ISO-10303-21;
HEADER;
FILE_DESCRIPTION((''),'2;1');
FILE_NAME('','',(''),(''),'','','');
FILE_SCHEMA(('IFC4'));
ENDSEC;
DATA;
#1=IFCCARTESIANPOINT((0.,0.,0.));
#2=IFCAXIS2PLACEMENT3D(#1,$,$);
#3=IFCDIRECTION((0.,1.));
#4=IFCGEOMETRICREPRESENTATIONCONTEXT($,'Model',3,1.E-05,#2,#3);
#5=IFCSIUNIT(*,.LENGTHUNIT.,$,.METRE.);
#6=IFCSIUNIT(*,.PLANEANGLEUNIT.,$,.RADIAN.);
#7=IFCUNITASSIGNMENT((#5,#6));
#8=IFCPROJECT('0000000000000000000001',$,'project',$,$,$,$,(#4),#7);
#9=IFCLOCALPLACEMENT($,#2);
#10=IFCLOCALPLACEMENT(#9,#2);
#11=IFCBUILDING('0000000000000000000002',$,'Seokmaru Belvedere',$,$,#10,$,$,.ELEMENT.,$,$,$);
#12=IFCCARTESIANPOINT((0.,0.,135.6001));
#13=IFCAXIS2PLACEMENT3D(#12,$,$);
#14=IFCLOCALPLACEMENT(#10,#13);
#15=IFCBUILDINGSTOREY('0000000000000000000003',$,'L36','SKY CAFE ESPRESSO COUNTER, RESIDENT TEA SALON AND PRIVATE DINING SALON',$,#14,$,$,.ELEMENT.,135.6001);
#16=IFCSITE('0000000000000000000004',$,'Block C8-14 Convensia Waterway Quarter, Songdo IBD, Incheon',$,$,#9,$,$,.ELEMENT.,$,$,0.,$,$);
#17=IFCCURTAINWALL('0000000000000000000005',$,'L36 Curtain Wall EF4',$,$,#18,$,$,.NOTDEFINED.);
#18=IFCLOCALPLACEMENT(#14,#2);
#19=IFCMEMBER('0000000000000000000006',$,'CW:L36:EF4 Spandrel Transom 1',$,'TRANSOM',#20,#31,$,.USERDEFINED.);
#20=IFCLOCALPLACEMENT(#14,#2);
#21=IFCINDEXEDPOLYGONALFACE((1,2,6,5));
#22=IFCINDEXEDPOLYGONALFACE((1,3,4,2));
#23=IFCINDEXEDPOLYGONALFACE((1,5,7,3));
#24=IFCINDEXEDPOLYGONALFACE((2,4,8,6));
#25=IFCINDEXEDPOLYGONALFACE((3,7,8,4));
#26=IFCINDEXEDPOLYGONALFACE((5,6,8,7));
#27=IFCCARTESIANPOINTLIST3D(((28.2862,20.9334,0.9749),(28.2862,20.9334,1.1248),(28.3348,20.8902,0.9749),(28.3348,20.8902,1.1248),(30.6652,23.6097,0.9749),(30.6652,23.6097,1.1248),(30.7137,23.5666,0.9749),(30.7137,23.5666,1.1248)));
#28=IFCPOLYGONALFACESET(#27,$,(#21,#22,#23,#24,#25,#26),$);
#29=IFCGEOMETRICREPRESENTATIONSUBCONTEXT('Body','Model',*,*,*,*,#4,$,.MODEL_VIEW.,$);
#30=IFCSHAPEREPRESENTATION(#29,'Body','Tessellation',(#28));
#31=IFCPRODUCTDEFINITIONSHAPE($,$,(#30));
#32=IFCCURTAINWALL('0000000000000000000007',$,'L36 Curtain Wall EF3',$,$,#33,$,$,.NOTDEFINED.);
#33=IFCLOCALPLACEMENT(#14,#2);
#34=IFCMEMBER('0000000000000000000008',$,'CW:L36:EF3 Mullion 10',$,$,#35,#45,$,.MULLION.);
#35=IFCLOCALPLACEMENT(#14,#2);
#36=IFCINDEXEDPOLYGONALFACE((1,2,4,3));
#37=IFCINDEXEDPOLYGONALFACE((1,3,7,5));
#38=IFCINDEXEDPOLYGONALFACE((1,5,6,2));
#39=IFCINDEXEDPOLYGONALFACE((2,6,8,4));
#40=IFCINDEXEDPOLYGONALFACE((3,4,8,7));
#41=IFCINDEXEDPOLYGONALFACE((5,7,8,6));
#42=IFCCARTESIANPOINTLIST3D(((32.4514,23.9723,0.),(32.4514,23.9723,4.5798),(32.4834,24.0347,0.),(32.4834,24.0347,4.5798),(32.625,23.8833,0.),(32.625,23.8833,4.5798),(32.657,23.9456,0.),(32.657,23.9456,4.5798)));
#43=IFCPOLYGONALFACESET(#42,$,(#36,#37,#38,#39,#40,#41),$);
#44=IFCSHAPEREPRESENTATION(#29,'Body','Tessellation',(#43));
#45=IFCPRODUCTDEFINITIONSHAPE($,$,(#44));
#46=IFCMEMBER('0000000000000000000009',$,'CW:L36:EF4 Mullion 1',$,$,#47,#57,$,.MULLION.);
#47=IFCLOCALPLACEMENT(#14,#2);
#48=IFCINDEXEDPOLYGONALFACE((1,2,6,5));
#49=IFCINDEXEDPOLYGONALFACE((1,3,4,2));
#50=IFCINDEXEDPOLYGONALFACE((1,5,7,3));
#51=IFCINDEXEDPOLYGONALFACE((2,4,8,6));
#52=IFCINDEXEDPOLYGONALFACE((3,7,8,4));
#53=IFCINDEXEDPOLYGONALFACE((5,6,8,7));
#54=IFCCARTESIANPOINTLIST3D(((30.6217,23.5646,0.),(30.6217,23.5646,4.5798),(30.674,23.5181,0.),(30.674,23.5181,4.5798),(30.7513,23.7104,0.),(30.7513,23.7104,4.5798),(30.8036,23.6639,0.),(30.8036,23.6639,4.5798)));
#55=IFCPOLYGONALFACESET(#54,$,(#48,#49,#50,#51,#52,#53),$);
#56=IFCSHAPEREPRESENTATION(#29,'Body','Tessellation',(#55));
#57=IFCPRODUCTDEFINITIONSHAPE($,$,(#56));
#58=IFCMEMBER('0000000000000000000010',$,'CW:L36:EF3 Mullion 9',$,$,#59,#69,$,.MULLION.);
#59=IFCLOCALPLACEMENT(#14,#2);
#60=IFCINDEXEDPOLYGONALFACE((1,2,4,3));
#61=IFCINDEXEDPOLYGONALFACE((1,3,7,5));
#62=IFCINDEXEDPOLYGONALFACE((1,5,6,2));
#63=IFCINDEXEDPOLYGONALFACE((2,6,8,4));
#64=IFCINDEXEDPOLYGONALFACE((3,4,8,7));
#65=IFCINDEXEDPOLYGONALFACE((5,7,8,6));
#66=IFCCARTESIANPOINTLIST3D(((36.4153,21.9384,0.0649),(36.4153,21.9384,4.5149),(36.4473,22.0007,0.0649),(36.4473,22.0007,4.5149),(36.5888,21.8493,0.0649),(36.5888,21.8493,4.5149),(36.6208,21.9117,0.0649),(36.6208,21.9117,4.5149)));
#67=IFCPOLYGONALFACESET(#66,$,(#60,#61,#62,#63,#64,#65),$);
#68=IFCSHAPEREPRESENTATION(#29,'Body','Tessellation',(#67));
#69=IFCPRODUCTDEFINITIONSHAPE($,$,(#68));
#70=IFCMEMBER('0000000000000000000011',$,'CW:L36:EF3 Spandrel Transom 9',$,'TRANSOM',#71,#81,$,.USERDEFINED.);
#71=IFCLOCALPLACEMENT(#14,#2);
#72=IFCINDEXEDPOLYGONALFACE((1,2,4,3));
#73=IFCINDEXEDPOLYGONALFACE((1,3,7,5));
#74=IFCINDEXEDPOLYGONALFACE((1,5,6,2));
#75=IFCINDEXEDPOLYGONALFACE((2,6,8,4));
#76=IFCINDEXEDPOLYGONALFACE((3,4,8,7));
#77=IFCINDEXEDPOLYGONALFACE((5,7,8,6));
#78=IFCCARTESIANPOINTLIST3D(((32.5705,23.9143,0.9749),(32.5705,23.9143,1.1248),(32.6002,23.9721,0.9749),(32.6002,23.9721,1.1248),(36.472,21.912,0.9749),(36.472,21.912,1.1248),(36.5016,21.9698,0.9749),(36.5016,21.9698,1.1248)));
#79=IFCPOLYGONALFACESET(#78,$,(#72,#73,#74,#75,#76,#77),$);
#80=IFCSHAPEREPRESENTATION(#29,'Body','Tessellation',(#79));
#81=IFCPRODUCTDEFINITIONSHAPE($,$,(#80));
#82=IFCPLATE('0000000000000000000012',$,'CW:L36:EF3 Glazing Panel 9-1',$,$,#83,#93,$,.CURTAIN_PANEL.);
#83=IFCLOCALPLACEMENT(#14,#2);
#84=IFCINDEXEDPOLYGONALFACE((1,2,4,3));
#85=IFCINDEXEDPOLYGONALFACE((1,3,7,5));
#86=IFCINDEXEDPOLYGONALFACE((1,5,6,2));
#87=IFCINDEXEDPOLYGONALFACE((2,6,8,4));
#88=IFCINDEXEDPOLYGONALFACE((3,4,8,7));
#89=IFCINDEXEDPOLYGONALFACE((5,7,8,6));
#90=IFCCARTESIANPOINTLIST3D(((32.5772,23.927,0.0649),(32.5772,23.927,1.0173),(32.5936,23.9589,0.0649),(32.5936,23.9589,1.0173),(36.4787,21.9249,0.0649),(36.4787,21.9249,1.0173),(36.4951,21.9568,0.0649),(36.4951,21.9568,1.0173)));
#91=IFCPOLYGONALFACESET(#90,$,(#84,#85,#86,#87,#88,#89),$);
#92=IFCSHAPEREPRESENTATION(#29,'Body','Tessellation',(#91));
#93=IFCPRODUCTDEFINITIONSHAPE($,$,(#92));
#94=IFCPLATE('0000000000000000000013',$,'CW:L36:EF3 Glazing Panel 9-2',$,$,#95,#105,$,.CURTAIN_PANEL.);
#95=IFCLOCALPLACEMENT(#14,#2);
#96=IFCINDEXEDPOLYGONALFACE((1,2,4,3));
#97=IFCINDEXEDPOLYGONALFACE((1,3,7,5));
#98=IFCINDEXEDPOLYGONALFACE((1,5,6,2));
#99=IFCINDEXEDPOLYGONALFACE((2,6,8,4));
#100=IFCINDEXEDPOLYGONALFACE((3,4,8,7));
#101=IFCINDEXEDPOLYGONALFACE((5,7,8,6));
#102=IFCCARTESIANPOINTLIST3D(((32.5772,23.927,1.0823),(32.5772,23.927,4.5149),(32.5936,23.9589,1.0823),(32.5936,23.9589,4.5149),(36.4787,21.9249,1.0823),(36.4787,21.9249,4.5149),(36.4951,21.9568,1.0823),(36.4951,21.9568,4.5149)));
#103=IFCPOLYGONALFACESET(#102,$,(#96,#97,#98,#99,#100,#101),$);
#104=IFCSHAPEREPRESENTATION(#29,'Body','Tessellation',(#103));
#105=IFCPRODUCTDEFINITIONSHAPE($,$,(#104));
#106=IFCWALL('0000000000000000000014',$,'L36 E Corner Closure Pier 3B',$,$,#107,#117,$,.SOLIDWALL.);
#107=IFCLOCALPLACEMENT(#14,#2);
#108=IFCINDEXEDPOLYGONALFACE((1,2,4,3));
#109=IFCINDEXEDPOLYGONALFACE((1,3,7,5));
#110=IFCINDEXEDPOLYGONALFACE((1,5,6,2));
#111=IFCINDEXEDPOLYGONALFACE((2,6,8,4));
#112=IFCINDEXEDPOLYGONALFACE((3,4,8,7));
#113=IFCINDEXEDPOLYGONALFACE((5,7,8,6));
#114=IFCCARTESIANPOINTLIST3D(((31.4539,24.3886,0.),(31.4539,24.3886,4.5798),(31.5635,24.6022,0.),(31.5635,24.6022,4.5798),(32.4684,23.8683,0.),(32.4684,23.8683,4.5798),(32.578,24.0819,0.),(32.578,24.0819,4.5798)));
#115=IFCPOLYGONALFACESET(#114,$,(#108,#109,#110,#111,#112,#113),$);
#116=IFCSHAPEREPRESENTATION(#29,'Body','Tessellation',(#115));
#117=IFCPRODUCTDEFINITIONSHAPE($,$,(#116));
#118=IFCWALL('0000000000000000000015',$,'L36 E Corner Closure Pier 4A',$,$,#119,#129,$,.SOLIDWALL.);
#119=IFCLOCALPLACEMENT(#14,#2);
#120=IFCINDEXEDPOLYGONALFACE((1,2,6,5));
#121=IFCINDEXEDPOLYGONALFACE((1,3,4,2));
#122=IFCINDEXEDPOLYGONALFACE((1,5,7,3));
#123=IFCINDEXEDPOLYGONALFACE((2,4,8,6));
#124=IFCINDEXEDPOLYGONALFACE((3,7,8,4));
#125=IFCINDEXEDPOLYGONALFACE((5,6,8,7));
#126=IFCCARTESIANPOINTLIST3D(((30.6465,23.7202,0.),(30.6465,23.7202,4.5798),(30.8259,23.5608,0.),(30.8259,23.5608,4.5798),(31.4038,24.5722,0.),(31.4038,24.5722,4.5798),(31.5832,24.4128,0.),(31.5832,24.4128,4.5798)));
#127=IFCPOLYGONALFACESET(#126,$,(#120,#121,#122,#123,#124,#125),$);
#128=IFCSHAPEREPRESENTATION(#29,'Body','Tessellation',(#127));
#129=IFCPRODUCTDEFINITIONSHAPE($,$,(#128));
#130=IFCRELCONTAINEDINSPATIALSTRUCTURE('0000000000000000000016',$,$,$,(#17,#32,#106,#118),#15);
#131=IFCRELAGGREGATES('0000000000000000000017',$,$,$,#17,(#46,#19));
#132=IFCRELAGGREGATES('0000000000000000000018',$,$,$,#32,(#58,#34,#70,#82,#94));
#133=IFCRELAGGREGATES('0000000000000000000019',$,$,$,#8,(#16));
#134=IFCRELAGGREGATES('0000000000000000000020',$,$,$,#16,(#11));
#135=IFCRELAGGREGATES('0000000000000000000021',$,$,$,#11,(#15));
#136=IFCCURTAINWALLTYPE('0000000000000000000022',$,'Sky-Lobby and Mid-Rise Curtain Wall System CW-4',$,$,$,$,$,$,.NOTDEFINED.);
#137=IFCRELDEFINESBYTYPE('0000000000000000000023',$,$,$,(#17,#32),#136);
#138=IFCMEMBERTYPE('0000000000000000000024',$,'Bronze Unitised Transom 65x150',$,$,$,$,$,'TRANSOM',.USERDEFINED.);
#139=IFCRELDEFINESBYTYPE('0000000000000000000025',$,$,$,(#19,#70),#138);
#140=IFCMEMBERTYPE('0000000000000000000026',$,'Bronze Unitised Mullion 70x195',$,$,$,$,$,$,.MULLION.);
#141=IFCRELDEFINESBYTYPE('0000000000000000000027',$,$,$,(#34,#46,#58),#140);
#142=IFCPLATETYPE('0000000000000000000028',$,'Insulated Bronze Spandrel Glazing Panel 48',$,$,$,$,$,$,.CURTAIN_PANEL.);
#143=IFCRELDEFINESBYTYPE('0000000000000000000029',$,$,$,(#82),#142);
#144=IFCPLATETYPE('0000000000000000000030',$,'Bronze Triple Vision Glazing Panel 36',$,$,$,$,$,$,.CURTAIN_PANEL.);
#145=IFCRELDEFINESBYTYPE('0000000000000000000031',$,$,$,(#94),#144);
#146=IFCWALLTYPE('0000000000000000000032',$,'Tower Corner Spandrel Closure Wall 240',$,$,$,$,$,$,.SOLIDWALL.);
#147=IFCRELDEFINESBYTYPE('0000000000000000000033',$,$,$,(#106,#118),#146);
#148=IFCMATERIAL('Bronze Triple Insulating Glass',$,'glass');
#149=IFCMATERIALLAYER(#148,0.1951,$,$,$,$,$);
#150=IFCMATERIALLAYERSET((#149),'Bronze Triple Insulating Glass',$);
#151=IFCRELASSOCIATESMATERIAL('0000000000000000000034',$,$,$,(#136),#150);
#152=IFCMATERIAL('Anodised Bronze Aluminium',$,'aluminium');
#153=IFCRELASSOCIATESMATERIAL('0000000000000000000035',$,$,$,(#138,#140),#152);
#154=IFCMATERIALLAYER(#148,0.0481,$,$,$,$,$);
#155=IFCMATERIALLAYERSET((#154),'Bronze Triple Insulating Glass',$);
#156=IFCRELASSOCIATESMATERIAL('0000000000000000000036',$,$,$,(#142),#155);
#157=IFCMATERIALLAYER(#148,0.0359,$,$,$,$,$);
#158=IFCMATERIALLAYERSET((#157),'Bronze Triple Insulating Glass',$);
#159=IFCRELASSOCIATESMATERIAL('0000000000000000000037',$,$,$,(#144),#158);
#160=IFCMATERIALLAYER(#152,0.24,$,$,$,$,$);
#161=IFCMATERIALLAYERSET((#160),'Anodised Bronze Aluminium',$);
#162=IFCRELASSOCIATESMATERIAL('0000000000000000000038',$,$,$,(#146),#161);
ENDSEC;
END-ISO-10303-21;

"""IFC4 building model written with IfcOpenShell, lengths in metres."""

from ifc_helpers import new_model, si_unit, direction, frame, frame_2d, origin, origin_2d, place, context, subcontext, project, spatial, rectangle, extrude, source, transform, mapped, material, layer, layer_set, material_profile, profile_set, type_object, type_shapes, element, aggregate, save


model = new_model("IFC4")

# Units and contexts
model_context = context("Model", 3, precision=1e-05, world=origin(), true_north=direction((0.0, 1.0)))
body_context = subcontext(model_context, "Body", "Model", "MODEL_VIEW")
ifc_project = project(units=[si_unit("LENGTHUNIT", "METRE"), si_unit("PLANEANGLEUNIT", "RADIAN")], contexts=[model_context])

# Site, building, storey
site_placement = place(None, origin())
site = spatial("IfcSite", under=ifc_project, at=site_placement, Name="Block C8-14 Convensia Waterway Quarter, Songdo IBD, Incheon", CompositionType="ELEMENT", RefElevation=0.0)
building_placement = place(site_placement, origin())
building = spatial("IfcBuilding", under=site, at=building_placement, Name="Seokmaru Belvedere", CompositionType="ELEMENT")
storey_placement = place(building_placement, frame((0.0, 0.0, 135.6001)))
storey = spatial("IfcBuildingStorey", under=building, at=storey_placement, Name="L36", Description="SKY CAFE ESPRESSO COUNTER, RESIDENT TEA SALON AND PRIVATE DINING SALON", CompositionType="ELEMENT", Elevation=135.6001)

# Curtain wall, member
ifc_material_1 = material(Name="Bronze Triple Insulating Glass", Category="glass")
ifc_layer_1 = layer(ifc_material_1, 0.1951)
ifc_layer_set_1 = layer_set([ifc_layer_1], Name="Bronze Triple Insulating Glass")
curtain_wall_type = type_object("IfcCurtainWallType", Name="Sky-Lobby and Mid-Rise Curtain Wall System CW-4", PredefinedType="NOTDEFINED", material=ifc_layer_set_1)
curtain_wall_1_placement = place(storey_placement, origin())
curtain_wall_1 = element("IfcCurtainWall", 1, at=curtain_wall_1_placement, inside=storey, type_object=curtain_wall_type, Name="L36 Curtain Wall EF4", PredefinedType="NOTDEFINED")
ifc_material_2 = material(Name="Anodised Bronze Aluminium", Category="aluminium")
ifc_material_profile_1 = material_profile(ifc_material_2, rectangle(XDim=0.0649, YDim=0.1499, at=origin_2d()), Name="CW-T-65x150")
ifc_profile_set_1 = profile_set([ifc_material_profile_1], Name="Anodised Bronze Aluminium")
member_type_1 = type_object("IfcMemberType", Name="Bronze Unitised Transom 65x150", ElementType="TRANSOM", PredefinedType="USERDEFINED", material=ifc_profile_set_1)
shared_shape_1 = source(origin(), body_context, "Body", "SweptSolid", [
    extrude(rectangle(XDim=0.0649, YDim=0.1499, at=origin_2d()), origin(), (0.0, 0.0, 1.0), 3.5808),
])
member_1_placement = place(storey_placement, frame((30.6895, 23.5881, 1.0498), z_axis=(-0.664364, -0.747409, 0.0), x_axis=(0.747409, -0.664364, 0.0)))
member_1 = element("IfcMember", 2, at=member_1_placement, type_object=member_type_1, Name="CW:L36:EF4 Spandrel Transom 1", ObjectType="TRANSOM", PredefinedType="USERDEFINED", context=body_context, shape_type="MappedRepresentation", body=[
    mapped(shared_shape_1, transform((0.0, 0.0, 0.0), scale=1.0)),
])

# Curtain wall, member
curtain_wall_2_placement = place(storey_placement, origin())
curtain_wall_2 = element("IfcCurtainWall", 3, at=curtain_wall_2_placement, inside=storey, type_object=curtain_wall_type, Name="L36 Curtain Wall EF3", PredefinedType="NOTDEFINED")
ifc_material_profile_2 = material_profile(ifc_material_2, rectangle(XDim=0.0701, YDim=0.1951, at=origin_2d()), Name="CW-M-70x195")
ifc_profile_set_2 = profile_set([ifc_material_profile_2], Name="Anodised Bronze Aluminium")
member_type_2 = type_object("IfcMemberType", Name="Bronze Unitised Mullion 70x195", PredefinedType="MULLION", material=ifc_profile_set_2)
shared_shape_2 = source(origin(), body_context, "Body", "SweptSolid", [
    extrude(rectangle(XDim=0.0701, YDim=0.1951, at=origin_2d()), origin(), (0.0, 0.0, 1.0), 4.5798),
])
member_2_placement = place(storey_placement, frame((32.5542, 23.959, 0.0), z_axis=(0.0, 0.0, 1.0), x_axis=(-0.456555, -0.889695, 0.0)))
member_2 = element("IfcMember", 4, at=member_2_placement, type_object=member_type_2, Name="CW:L36:EF3 Mullion 10", PredefinedType="MULLION", context=body_context, shape_type="MappedRepresentation", body=[
    mapped(shared_shape_2, transform((0.0, 0.0, 0.0), scale=1.0)),
])

# Members
member_3_placement = place(storey_placement, frame((30.7126, 23.6143, 0.0), z_axis=(0.0, 0.0, 1.0), x_axis=(0.74741, -0.664363, 0.0)))
member_3 = element("IfcMember", 5, at=member_3_placement, type_object=member_type_2, Name="CW:L36:EF4 Mullion 1", PredefinedType="MULLION", context=body_context, shape_type="MappedRepresentation", body=[
    mapped(shared_shape_2, transform((0.0, 0.0, 0.0), scale=1.0)),
])
aggregate(curtain_wall_1, [member_3, member_1])
shared_shape_3 = source(origin(), body_context, "Body", "SweptSolid", [
    extrude(rectangle(XDim=0.0701, YDim=0.1951, at=origin_2d()), origin(), (0.0, 0.0, 1.0), 4.45),
])
type_shapes(member_type_2, [shared_shape_2, shared_shape_3])
member_4_placement = place(storey_placement, frame((36.5181, 21.925, 0.0649), z_axis=(0.0, 0.0, 1.0), x_axis=(-0.456555, -0.889695, 0.0)))
member_4 = element("IfcMember", 6, at=member_4_placement, type_object=member_type_2, Name="CW:L36:EF3 Mullion 9", PredefinedType="MULLION", context=body_context, shape_type="MappedRepresentation", body=[
    mapped(shared_shape_3, transform((0.0, 0.0, 0.0), scale=1.0)),
])
shared_shape_4 = source(origin(), body_context, "Body", "SweptSolid", [
    extrude(rectangle(XDim=0.0649, YDim=0.1499, at=origin_2d()), origin(), (0.0, 0.0, 1.0), 4.3853),
])
type_shapes(member_type_1, [shared_shape_1, shared_shape_4])
member_5_placement = place(storey_placement, frame((36.4868, 21.9409, 1.0498), z_axis=(-0.889679, 0.456587, 0.0), x_axis=(-0.456587, -0.889679, 0.0)))
member_5 = element("IfcMember", 7, at=member_5_placement, type_object=member_type_1, Name="CW:L36:EF3 Spandrel Transom 9", ObjectType="TRANSOM", PredefinedType="USERDEFINED", context=body_context, shape_type="MappedRepresentation", body=[
    mapped(shared_shape_4, transform((0.0, 0.0, 0.0), scale=1.0)),
])

# Plates
ifc_layer_2 = layer(ifc_material_1, 0.0481)
ifc_layer_set_2 = layer_set([ifc_layer_2], Name="Bronze Triple Insulating Glass")
plate_type_1 = type_object("IfcPlateType", Name="Insulated Bronze Spandrel Glazing Panel 48", PredefinedType="CURTAIN_PANEL", material=ifc_layer_set_2)
shared_shape_5 = source(origin(), body_context, "Body", "SweptSolid", [
    extrude(rectangle(XDim=4.3853, YDim=0.0359, at=origin_2d()), origin(), (0.0, 0.0, 1.0), 0.9524),
])
type_shapes(plate_type_1, [shared_shape_5])
plate_1_placement = place(storey_placement, frame((34.5361, 22.9419, 0.0649), z_axis=(0.0, 0.0, 1.0), x_axis=(-0.889695, 0.456555, 0.0)))
plate_1 = element("IfcPlate", 8, at=plate_1_placement, type_object=plate_type_1, Name="CW:L36:EF3 Glazing Panel 9-1", PredefinedType="CURTAIN_PANEL", context=body_context, shape_type="MappedRepresentation", body=[
    mapped(shared_shape_5, transform((0.0, 0.0, 0.0), scale=1.0)),
])
ifc_layer_3 = layer(ifc_material_1, 0.0359)
ifc_layer_set_3 = layer_set([ifc_layer_3], Name="Bronze Triple Insulating Glass")
plate_type_2 = type_object("IfcPlateType", Name="Bronze Triple Vision Glazing Panel 36", PredefinedType="CURTAIN_PANEL", material=ifc_layer_set_3)
shared_shape_6 = source(origin(), body_context, "Body", "SweptSolid", [
    extrude(rectangle(XDim=4.3853, YDim=0.0359, at=origin_2d()), origin(), (0.0, 0.0, 1.0), 3.4326),
])
type_shapes(plate_type_2, [shared_shape_6])
plate_2_placement = place(storey_placement, frame((34.5361, 22.9419, 1.0823), z_axis=(0.0, 0.0, 1.0), x_axis=(-0.889695, 0.456555, 0.0)))
plate_2 = element("IfcPlate", 9, at=plate_2_placement, type_object=plate_type_2, Name="CW:L36:EF3 Glazing Panel 9-2", PredefinedType="CURTAIN_PANEL", context=body_context, shape_type="MappedRepresentation", body=[
    mapped(shared_shape_6, transform((0.0, 0.0, 0.0), scale=1.0)),
])
aggregate(curtain_wall_2, [member_4, member_2, member_5, plate_1, plate_2])

# Walls
ifc_layer_4 = layer(ifc_material_2, 0.24)
ifc_layer_set_4 = layer_set([ifc_layer_4], Name="Anodised Bronze Aluminium")
wall_type = type_object("IfcWallType", Name="Tower Corner Spandrel Closure Wall 240", PredefinedType="SOLIDWALL", material=ifc_layer_set_4)
wall_1_placement = place(storey_placement, frame((32.5232, 23.9751, 0.0), z_axis=(0.0, 0.0, 1.0), x_axis=(-0.889797, 0.456356, 0.0)))
element("IfcWall", 10, at=wall_1_placement, inside=storey, type_object=wall_type, Name="L36 E Corner Closure Pier 3B", PredefinedType="SOLIDWALL", context=body_context, shape_type="SweptSolid", body=[
    extrude(rectangle(XDim=1.1401, YDim=0.24, at=frame_2d((0.5701, 0.0))), origin(), (0.0, 0.0, 1.0), 4.5798),
])
wall_2_placement = place(storey_placement, frame((31.4934, 24.4924, 0.0), z_axis=(0.0, 0.0, 1.0), x_axis=(-0.664337, -0.747433, 0.0)))
element("IfcWall", 11, at=wall_2_placement, inside=storey, type_object=wall_type, Name="L36 E Corner Closure Pier 4A", PredefinedType="SOLIDWALL", context=body_context, shape_type="SweptSolid", body=[
    extrude(rectangle(XDim=1.1399, YDim=0.24, at=frame_2d((0.5698, 0.0))), origin(), (0.0, 0.0, 1.0), 4.5798),
])

save(model, "model.ifc")
